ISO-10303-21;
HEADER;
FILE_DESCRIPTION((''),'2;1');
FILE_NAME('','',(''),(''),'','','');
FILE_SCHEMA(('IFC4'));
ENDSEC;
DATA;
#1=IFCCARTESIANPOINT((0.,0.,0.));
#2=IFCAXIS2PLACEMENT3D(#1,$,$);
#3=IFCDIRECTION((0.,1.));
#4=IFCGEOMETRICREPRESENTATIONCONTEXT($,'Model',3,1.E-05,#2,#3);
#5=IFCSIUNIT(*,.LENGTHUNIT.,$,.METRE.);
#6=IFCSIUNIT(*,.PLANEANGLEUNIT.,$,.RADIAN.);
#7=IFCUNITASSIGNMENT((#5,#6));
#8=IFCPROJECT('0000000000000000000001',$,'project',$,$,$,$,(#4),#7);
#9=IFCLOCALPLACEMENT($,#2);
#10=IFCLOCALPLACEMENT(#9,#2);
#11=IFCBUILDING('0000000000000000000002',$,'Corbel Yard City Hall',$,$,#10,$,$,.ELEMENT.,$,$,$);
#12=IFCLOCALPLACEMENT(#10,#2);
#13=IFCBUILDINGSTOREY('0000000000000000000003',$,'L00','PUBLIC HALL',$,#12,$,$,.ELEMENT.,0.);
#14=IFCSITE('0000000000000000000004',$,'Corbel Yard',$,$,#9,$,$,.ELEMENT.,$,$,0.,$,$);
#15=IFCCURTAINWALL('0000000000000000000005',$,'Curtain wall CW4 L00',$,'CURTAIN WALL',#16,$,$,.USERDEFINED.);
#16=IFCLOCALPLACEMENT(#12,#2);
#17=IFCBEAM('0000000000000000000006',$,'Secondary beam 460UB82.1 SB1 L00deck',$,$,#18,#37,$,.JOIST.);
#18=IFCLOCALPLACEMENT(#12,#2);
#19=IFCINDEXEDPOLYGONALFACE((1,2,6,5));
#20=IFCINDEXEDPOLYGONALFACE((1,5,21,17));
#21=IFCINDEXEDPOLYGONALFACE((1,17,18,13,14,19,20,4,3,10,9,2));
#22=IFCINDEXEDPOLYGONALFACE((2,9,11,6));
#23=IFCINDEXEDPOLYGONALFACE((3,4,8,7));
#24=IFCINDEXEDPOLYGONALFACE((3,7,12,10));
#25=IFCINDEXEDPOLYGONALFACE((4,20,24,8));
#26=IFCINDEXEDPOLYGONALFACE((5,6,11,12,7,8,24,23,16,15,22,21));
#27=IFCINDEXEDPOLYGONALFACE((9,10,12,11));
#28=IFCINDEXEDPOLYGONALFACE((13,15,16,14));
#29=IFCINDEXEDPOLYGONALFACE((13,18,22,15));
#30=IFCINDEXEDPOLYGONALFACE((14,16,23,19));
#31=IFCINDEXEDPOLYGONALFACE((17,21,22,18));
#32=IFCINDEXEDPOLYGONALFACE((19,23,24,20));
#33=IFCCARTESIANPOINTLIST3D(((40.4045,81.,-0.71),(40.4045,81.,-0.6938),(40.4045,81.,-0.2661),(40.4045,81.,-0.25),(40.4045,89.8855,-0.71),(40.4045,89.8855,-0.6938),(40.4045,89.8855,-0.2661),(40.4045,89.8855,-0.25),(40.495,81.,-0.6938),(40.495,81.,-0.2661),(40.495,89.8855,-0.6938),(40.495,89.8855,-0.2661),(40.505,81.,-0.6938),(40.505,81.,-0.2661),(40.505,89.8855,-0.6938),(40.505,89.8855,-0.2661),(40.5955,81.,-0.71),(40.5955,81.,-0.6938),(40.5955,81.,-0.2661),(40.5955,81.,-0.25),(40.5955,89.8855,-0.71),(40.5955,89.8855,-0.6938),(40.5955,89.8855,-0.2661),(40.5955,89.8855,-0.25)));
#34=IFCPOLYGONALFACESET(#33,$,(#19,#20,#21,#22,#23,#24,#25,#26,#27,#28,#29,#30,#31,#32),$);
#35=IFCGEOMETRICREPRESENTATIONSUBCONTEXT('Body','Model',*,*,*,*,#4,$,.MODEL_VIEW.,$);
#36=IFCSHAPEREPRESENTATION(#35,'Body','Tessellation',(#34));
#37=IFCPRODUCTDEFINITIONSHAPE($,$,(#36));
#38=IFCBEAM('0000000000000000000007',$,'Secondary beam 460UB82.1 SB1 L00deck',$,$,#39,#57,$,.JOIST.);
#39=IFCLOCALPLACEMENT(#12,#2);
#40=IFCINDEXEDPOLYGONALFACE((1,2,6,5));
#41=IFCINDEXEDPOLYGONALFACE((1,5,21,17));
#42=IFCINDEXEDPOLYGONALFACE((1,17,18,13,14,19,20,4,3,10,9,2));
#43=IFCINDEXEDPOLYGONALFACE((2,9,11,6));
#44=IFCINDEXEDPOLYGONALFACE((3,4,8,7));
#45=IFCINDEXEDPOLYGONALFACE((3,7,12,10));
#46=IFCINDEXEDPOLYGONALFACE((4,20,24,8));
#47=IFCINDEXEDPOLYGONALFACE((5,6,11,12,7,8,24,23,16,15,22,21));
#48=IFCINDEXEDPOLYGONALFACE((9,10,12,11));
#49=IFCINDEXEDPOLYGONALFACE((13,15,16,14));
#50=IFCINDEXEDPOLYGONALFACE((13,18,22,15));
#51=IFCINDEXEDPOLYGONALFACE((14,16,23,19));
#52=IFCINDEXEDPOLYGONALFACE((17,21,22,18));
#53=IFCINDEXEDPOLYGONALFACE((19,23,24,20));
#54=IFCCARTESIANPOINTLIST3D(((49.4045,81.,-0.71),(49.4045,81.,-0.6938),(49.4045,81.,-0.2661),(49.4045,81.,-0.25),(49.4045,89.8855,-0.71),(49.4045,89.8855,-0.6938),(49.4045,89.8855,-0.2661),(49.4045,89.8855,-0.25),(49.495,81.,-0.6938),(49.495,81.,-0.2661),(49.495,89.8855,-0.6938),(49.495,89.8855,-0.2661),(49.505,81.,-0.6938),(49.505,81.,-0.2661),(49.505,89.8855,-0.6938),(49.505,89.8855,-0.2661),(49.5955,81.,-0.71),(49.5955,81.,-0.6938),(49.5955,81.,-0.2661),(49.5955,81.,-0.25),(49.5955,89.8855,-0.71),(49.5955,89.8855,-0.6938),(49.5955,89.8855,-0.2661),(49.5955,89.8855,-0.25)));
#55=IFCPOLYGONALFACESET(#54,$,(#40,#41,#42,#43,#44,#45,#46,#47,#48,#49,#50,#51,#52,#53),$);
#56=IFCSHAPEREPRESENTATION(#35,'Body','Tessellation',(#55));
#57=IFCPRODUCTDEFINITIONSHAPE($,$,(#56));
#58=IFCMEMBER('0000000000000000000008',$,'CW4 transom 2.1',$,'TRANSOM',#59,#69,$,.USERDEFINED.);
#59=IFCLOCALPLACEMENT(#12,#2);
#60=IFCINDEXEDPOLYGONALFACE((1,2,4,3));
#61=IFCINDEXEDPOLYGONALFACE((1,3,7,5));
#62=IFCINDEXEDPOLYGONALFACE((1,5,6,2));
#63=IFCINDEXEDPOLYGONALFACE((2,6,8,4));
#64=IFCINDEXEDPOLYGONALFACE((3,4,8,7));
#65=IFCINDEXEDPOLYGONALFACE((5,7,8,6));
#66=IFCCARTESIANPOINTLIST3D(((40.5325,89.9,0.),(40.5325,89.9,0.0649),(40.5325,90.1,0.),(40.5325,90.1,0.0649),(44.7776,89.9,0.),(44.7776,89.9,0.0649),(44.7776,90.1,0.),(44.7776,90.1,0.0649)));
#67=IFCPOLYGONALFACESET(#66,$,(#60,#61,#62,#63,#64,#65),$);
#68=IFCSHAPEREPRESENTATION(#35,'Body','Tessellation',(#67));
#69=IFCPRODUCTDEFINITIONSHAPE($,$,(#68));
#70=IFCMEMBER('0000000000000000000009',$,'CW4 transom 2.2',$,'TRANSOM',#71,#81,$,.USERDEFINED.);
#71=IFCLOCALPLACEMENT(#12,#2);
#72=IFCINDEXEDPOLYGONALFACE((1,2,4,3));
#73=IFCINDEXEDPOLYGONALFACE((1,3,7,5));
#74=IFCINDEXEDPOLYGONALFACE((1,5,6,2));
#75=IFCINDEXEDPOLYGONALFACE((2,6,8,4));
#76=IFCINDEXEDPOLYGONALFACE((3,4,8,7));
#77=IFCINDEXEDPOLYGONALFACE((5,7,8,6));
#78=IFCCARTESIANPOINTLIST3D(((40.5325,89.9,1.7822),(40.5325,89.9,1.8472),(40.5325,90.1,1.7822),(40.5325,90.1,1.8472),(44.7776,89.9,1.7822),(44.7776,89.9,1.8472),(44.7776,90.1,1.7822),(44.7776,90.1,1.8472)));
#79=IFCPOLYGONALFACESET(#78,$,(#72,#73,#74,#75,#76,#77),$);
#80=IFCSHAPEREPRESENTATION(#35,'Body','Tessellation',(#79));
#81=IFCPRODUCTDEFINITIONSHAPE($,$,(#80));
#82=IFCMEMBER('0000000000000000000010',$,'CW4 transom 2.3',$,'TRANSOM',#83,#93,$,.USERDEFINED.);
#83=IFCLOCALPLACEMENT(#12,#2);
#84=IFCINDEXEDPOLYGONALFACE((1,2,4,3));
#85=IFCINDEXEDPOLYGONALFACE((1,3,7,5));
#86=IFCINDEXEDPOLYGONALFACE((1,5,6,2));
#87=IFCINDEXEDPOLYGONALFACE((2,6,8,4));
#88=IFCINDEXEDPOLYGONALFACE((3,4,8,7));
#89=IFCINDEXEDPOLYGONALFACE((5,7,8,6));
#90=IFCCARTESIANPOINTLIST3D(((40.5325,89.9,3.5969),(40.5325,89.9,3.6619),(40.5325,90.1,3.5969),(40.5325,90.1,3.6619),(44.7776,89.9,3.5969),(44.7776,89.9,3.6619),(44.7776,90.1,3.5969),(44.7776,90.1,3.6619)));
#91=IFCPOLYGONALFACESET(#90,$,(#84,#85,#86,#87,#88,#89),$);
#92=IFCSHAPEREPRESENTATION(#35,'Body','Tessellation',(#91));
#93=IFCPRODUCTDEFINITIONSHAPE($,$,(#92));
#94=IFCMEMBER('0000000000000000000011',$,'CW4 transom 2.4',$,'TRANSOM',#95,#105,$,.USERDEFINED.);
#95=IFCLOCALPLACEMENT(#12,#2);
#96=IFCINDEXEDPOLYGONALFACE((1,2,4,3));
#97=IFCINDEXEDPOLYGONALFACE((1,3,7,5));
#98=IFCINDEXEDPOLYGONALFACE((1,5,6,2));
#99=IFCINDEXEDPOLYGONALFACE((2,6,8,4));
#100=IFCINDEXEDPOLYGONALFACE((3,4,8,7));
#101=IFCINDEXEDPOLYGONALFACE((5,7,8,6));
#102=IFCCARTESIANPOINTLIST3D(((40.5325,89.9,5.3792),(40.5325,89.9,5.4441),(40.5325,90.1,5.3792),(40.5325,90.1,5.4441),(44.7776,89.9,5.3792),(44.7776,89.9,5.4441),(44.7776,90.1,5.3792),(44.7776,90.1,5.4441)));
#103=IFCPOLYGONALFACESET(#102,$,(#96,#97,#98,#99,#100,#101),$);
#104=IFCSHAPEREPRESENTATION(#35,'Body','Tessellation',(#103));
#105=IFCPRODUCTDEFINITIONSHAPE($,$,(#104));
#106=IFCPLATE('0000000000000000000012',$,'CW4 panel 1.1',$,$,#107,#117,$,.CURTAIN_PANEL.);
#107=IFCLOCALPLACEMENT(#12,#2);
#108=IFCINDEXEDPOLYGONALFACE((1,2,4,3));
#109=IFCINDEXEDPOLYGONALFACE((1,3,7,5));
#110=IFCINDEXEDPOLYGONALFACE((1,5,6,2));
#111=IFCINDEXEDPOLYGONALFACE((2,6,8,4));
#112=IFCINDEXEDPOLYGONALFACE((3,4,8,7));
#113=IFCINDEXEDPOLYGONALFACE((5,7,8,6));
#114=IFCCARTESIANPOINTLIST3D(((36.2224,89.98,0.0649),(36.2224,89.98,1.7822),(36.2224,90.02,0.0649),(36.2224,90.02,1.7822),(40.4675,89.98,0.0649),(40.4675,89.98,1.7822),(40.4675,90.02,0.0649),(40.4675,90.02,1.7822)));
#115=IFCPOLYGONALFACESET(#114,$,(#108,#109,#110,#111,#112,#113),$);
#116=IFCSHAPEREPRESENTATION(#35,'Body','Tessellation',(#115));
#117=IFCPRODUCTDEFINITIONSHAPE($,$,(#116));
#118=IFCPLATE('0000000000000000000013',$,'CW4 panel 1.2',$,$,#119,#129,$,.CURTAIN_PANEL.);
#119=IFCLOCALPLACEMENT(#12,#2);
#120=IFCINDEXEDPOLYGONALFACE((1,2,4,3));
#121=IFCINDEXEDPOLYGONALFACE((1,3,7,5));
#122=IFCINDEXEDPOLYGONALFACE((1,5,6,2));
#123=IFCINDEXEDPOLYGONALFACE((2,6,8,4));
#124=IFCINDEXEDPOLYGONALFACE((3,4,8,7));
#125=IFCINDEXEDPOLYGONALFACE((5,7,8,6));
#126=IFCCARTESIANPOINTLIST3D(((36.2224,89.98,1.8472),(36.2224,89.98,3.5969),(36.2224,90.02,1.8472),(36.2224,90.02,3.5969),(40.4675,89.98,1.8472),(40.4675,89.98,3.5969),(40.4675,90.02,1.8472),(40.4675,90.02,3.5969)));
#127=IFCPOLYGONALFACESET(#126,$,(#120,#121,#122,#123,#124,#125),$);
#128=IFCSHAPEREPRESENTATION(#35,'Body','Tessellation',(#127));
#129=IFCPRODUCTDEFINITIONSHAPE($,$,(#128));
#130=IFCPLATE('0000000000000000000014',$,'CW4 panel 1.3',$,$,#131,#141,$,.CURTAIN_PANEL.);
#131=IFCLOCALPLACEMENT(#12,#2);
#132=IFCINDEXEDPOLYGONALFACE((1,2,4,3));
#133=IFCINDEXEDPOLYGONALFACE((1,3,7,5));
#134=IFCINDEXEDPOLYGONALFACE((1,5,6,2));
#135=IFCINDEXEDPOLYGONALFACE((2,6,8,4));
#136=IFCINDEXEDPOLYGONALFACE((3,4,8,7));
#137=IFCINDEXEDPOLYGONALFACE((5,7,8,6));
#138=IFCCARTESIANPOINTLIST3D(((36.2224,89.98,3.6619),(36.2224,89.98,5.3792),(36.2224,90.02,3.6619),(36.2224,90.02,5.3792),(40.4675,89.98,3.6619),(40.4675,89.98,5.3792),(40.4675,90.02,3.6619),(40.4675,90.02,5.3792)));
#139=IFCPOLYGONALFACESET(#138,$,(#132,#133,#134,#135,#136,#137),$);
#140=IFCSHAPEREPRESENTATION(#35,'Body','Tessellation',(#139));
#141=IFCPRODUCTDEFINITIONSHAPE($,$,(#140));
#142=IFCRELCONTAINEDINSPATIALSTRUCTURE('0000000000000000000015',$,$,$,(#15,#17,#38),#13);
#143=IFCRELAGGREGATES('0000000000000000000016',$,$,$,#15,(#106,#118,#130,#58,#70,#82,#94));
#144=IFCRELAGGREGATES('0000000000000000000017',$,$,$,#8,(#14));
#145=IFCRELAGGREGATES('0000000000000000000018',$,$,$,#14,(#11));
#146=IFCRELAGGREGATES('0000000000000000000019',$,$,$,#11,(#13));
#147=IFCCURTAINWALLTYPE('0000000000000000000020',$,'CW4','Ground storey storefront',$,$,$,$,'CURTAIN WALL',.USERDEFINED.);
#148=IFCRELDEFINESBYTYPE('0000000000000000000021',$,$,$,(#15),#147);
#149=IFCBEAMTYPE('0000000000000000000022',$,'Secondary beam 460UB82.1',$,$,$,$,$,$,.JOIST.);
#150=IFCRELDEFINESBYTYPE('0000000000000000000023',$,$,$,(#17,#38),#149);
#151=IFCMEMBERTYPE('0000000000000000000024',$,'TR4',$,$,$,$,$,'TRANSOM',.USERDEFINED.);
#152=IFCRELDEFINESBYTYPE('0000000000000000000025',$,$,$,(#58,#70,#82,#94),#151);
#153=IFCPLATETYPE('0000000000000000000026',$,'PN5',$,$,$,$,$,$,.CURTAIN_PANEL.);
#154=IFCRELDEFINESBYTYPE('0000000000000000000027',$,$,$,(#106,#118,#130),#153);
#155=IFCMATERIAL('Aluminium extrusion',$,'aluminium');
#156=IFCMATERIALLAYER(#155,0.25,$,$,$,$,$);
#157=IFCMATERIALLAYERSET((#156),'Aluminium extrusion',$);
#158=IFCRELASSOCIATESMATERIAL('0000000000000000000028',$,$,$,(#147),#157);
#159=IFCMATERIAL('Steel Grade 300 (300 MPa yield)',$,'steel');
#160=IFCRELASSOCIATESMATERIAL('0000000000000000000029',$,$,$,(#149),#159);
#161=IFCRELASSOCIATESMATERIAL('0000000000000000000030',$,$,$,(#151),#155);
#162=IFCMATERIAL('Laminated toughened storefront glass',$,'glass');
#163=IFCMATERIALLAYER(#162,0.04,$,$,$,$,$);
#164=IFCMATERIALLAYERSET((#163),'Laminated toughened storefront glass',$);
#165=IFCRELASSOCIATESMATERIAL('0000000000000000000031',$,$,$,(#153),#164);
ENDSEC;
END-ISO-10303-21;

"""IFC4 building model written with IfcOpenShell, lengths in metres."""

from ifc_helpers import new_model, si_unit, direction, frame, origin, origin_2d, place, context, subcontext, project, spatial, rectangle, i_section, extrude, material, layer, layer_set, material_profile, profile_set, type_object, element, aggregate, save


model = new_model("IFC4")

# Units and contexts
model_context = context("Model", 3, precision=1e-05, world=origin(), true_north=direction((0.0, 1.0)))
body_context = subcontext(model_context, "Body", "Model", "MODEL_VIEW")
ifc_project = project(units=[si_unit("LENGTHUNIT", "METRE"), si_unit("PLANEANGLEUNIT", "RADIAN")], contexts=[model_context])

# Site, building, storey
site_placement = place(None, origin())
site = spatial("IfcSite", under=ifc_project, at=site_placement, Name="Corbel Yard", CompositionType="ELEMENT", RefElevation=0.0)
building_placement = place(site_placement, origin())
building = spatial("IfcBuilding", under=site, at=building_placement, Name="Corbel Yard City Hall", CompositionType="ELEMENT")
storey_placement = place(building_placement, origin())
storey = spatial("IfcBuildingStorey", under=building, at=storey_placement, Name="L00", Description="PUBLIC HALL", CompositionType="ELEMENT", Elevation=0.0)

# Shared definitions
ifc_material_1 = material(Name="Steel Grade 300 (300 MPa yield)", Category="steel")

# Curtain wall
ifc_material_2 = material(Name="Aluminium extrusion", Category="aluminium")
ifc_layer_1 = layer(ifc_material_2, 0.25)
ifc_layer_set_1 = layer_set([ifc_layer_1], Name="Aluminium extrusion")
curtain_wall_type = type_object("IfcCurtainWallType", Name="CW4", Description="Ground storey storefront", ElementType="CURTAIN WALL", PredefinedType="USERDEFINED", material=ifc_layer_set_1)
curtain_wall_placement = place(storey_placement, origin())
curtain_wall = element("IfcCurtainWall", 1, at=curtain_wall_placement, inside=storey, type_object=curtain_wall_type, Name="Curtain wall CW4 L00", ObjectType="CURTAIN WALL", PredefinedType="USERDEFINED")

# Beams
ifc_material_profile_1 = material_profile(ifc_material_1, i_section(OverallWidth=0.1909, OverallDepth=0.46, WebThickness=0.01, FlangeThickness=0.0161, at=origin_2d()), Name="460UB82.1")
ifc_profile_set_1 = profile_set([ifc_material_profile_1], Name="Steel Grade 300 (300 MPa yield)")
beam_type_1 = type_object("IfcBeamType", Name="Secondary beam 460UB82.1", PredefinedType="JOIST", material=ifc_profile_set_1)
for number, where, z_axis, x_axis, name in (
    (2, (40.5, 81.0, -0.48), (0.0, 1.0, 0.0), (-1.0, 0.0, 0.0), "Secondary beam 460UB82.1 SB1 L00deck"),
    (3, (49.5, 81.0, -0.48), (0.0, 1.0, 0.0), (-1.0, 0.0, 0.0), "Secondary beam 460UB82.1 SB1 L00deck"),
):
    element("IfcBeam", number, at=place(storey_placement, frame(where, z_axis=z_axis, x_axis=x_axis)), inside=storey, type_object=beam_type_1, Name=name, PredefinedType="JOIST", context=body_context, shape_type="SweptSolid", body=[
        extrude(i_section(OverallWidth=0.1909, OverallDepth=0.46, WebThickness=0.01, FlangeThickness=0.0161, at=origin_2d()), origin(), (0.0, 0.0, 1.0), 8.8855),
    ])

# Members
ifc_material_profile_2 = material_profile(ifc_material_2, rectangle(XDim=0.2, YDim=0.0649, at=origin_2d()), Name="200x65")
ifc_profile_set_2 = profile_set([ifc_material_profile_2], Name="Aluminium extrusion")
member_type_1 = type_object("IfcMemberType", Name="TR4", ElementType="TRANSOM", PredefinedType="USERDEFINED", material=ifc_profile_set_2)
member_1_placement = place(storey_placement, frame((40.5325, 90.0, 0.0325), z_axis=(1.0, 0.0, 0.0), x_axis=(0.0, 1.0, 0.0)))
member_1 = element("IfcMember", 4, at=member_1_placement, type_object=member_type_1, Name="CW4 transom 2.1", ObjectType="TRANSOM", PredefinedType="USERDEFINED", context=body_context, shape_type="SweptSolid", body=[
    extrude(rectangle(XDim=0.2, YDim=0.0649, at=origin_2d()), origin(), (0.0, 0.0, 1.0), 4.2451),
])
member_2_placement = place(storey_placement, frame((40.5325, 90.0, 1.8147), z_axis=(1.0, 0.0, 0.0), x_axis=(0.0, 1.0, 0.0)))
member_2 = element("IfcMember", 5, at=member_2_placement, type_object=member_type_1, Name="CW4 transom 2.2", ObjectType="TRANSOM", PredefinedType="USERDEFINED", context=body_context, shape_type="SweptSolid", body=[
    extrude(rectangle(XDim=0.2, YDim=0.0649, at=origin_2d()), origin(), (0.0, 0.0, 1.0), 4.2451),
])
member_3_placement = place(storey_placement, frame((40.5325, 90.0, 3.6294), z_axis=(1.0, 0.0, 0.0), x_axis=(0.0, 1.0, 0.0)))
member_3 = element("IfcMember", 6, at=member_3_placement, type_object=member_type_1, Name="CW4 transom 2.3", ObjectType="TRANSOM", PredefinedType="USERDEFINED", context=body_context, shape_type="SweptSolid", body=[
    extrude(rectangle(XDim=0.2, YDim=0.0649, at=origin_2d()), origin(), (0.0, 0.0, 1.0), 4.2451),
])
member_4_placement = place(storey_placement, frame((40.5325, 90.0, 5.4116), z_axis=(1.0, 0.0, 0.0), x_axis=(0.0, 1.0, 0.0)))
member_4 = element("IfcMember", 7, at=member_4_placement, type_object=member_type_1, Name="CW4 transom 2.4", ObjectType="TRANSOM", PredefinedType="USERDEFINED", context=body_context, shape_type="SweptSolid", body=[
    extrude(rectangle(XDim=0.2, YDim=0.0649, at=origin_2d()), origin(), (0.0, 0.0, 1.0), 4.2451),
])

# Plates
ifc_material_3 = material(Name="Laminated toughened storefront glass", Category="glass")
ifc_layer_2 = layer(ifc_material_3, 0.04)
ifc_layer_set_2 = layer_set([ifc_layer_2], Name="Laminated toughened storefront glass")
plate_type = type_object("IfcPlateType", Name="PN5", PredefinedType="CURTAIN_PANEL", material=ifc_layer_set_2)
plate_1_placement = place(storey_placement, frame((38.345, 90.0, 0.0649), z_axis=(0.0, 0.0, 1.0), x_axis=(1.0, 0.0, 0.0)))
plate_1 = element("IfcPlate", 8, at=plate_1_placement, type_object=plate_type, Name="CW4 panel 1.1", PredefinedType="CURTAIN_PANEL", context=body_context, shape_type="SweptSolid", body=[
    extrude(rectangle(XDim=4.2451, YDim=0.04, at=origin_2d()), origin(), (0.0, 0.0, 1.0), 1.7173),
])
plate_2_placement = place(storey_placement, frame((38.345, 90.0, 1.8472), z_axis=(0.0, 0.0, 1.0), x_axis=(1.0, 0.0, 0.0)))
plate_2 = element("IfcPlate", 9, at=plate_2_placement, type_object=plate_type, Name="CW4 panel 1.2", PredefinedType="CURTAIN_PANEL", context=body_context, shape_type="SweptSolid", body=[
    extrude(rectangle(XDim=4.2451, YDim=0.04, at=origin_2d()), origin(), (0.0, 0.0, 1.0), 1.7498),
])
plate_3_placement = place(storey_placement, frame((38.345, 90.0, 3.6619), z_axis=(0.0, 0.0, 1.0), x_axis=(1.0, 0.0, 0.0)))
plate_3 = element("IfcPlate", 10, at=plate_3_placement, type_object=plate_type, Name="CW4 panel 1.3", PredefinedType="CURTAIN_PANEL", context=body_context, shape_type="SweptSolid", body=[
    extrude(rectangle(XDim=4.2451, YDim=0.04, at=origin_2d()), origin(), (0.0, 0.0, 1.0), 1.7173),
])
aggregate(curtain_wall, [plate_1, plate_2, plate_3, member_1, member_2, member_3, member_4])

save(model, "model.ifc")
